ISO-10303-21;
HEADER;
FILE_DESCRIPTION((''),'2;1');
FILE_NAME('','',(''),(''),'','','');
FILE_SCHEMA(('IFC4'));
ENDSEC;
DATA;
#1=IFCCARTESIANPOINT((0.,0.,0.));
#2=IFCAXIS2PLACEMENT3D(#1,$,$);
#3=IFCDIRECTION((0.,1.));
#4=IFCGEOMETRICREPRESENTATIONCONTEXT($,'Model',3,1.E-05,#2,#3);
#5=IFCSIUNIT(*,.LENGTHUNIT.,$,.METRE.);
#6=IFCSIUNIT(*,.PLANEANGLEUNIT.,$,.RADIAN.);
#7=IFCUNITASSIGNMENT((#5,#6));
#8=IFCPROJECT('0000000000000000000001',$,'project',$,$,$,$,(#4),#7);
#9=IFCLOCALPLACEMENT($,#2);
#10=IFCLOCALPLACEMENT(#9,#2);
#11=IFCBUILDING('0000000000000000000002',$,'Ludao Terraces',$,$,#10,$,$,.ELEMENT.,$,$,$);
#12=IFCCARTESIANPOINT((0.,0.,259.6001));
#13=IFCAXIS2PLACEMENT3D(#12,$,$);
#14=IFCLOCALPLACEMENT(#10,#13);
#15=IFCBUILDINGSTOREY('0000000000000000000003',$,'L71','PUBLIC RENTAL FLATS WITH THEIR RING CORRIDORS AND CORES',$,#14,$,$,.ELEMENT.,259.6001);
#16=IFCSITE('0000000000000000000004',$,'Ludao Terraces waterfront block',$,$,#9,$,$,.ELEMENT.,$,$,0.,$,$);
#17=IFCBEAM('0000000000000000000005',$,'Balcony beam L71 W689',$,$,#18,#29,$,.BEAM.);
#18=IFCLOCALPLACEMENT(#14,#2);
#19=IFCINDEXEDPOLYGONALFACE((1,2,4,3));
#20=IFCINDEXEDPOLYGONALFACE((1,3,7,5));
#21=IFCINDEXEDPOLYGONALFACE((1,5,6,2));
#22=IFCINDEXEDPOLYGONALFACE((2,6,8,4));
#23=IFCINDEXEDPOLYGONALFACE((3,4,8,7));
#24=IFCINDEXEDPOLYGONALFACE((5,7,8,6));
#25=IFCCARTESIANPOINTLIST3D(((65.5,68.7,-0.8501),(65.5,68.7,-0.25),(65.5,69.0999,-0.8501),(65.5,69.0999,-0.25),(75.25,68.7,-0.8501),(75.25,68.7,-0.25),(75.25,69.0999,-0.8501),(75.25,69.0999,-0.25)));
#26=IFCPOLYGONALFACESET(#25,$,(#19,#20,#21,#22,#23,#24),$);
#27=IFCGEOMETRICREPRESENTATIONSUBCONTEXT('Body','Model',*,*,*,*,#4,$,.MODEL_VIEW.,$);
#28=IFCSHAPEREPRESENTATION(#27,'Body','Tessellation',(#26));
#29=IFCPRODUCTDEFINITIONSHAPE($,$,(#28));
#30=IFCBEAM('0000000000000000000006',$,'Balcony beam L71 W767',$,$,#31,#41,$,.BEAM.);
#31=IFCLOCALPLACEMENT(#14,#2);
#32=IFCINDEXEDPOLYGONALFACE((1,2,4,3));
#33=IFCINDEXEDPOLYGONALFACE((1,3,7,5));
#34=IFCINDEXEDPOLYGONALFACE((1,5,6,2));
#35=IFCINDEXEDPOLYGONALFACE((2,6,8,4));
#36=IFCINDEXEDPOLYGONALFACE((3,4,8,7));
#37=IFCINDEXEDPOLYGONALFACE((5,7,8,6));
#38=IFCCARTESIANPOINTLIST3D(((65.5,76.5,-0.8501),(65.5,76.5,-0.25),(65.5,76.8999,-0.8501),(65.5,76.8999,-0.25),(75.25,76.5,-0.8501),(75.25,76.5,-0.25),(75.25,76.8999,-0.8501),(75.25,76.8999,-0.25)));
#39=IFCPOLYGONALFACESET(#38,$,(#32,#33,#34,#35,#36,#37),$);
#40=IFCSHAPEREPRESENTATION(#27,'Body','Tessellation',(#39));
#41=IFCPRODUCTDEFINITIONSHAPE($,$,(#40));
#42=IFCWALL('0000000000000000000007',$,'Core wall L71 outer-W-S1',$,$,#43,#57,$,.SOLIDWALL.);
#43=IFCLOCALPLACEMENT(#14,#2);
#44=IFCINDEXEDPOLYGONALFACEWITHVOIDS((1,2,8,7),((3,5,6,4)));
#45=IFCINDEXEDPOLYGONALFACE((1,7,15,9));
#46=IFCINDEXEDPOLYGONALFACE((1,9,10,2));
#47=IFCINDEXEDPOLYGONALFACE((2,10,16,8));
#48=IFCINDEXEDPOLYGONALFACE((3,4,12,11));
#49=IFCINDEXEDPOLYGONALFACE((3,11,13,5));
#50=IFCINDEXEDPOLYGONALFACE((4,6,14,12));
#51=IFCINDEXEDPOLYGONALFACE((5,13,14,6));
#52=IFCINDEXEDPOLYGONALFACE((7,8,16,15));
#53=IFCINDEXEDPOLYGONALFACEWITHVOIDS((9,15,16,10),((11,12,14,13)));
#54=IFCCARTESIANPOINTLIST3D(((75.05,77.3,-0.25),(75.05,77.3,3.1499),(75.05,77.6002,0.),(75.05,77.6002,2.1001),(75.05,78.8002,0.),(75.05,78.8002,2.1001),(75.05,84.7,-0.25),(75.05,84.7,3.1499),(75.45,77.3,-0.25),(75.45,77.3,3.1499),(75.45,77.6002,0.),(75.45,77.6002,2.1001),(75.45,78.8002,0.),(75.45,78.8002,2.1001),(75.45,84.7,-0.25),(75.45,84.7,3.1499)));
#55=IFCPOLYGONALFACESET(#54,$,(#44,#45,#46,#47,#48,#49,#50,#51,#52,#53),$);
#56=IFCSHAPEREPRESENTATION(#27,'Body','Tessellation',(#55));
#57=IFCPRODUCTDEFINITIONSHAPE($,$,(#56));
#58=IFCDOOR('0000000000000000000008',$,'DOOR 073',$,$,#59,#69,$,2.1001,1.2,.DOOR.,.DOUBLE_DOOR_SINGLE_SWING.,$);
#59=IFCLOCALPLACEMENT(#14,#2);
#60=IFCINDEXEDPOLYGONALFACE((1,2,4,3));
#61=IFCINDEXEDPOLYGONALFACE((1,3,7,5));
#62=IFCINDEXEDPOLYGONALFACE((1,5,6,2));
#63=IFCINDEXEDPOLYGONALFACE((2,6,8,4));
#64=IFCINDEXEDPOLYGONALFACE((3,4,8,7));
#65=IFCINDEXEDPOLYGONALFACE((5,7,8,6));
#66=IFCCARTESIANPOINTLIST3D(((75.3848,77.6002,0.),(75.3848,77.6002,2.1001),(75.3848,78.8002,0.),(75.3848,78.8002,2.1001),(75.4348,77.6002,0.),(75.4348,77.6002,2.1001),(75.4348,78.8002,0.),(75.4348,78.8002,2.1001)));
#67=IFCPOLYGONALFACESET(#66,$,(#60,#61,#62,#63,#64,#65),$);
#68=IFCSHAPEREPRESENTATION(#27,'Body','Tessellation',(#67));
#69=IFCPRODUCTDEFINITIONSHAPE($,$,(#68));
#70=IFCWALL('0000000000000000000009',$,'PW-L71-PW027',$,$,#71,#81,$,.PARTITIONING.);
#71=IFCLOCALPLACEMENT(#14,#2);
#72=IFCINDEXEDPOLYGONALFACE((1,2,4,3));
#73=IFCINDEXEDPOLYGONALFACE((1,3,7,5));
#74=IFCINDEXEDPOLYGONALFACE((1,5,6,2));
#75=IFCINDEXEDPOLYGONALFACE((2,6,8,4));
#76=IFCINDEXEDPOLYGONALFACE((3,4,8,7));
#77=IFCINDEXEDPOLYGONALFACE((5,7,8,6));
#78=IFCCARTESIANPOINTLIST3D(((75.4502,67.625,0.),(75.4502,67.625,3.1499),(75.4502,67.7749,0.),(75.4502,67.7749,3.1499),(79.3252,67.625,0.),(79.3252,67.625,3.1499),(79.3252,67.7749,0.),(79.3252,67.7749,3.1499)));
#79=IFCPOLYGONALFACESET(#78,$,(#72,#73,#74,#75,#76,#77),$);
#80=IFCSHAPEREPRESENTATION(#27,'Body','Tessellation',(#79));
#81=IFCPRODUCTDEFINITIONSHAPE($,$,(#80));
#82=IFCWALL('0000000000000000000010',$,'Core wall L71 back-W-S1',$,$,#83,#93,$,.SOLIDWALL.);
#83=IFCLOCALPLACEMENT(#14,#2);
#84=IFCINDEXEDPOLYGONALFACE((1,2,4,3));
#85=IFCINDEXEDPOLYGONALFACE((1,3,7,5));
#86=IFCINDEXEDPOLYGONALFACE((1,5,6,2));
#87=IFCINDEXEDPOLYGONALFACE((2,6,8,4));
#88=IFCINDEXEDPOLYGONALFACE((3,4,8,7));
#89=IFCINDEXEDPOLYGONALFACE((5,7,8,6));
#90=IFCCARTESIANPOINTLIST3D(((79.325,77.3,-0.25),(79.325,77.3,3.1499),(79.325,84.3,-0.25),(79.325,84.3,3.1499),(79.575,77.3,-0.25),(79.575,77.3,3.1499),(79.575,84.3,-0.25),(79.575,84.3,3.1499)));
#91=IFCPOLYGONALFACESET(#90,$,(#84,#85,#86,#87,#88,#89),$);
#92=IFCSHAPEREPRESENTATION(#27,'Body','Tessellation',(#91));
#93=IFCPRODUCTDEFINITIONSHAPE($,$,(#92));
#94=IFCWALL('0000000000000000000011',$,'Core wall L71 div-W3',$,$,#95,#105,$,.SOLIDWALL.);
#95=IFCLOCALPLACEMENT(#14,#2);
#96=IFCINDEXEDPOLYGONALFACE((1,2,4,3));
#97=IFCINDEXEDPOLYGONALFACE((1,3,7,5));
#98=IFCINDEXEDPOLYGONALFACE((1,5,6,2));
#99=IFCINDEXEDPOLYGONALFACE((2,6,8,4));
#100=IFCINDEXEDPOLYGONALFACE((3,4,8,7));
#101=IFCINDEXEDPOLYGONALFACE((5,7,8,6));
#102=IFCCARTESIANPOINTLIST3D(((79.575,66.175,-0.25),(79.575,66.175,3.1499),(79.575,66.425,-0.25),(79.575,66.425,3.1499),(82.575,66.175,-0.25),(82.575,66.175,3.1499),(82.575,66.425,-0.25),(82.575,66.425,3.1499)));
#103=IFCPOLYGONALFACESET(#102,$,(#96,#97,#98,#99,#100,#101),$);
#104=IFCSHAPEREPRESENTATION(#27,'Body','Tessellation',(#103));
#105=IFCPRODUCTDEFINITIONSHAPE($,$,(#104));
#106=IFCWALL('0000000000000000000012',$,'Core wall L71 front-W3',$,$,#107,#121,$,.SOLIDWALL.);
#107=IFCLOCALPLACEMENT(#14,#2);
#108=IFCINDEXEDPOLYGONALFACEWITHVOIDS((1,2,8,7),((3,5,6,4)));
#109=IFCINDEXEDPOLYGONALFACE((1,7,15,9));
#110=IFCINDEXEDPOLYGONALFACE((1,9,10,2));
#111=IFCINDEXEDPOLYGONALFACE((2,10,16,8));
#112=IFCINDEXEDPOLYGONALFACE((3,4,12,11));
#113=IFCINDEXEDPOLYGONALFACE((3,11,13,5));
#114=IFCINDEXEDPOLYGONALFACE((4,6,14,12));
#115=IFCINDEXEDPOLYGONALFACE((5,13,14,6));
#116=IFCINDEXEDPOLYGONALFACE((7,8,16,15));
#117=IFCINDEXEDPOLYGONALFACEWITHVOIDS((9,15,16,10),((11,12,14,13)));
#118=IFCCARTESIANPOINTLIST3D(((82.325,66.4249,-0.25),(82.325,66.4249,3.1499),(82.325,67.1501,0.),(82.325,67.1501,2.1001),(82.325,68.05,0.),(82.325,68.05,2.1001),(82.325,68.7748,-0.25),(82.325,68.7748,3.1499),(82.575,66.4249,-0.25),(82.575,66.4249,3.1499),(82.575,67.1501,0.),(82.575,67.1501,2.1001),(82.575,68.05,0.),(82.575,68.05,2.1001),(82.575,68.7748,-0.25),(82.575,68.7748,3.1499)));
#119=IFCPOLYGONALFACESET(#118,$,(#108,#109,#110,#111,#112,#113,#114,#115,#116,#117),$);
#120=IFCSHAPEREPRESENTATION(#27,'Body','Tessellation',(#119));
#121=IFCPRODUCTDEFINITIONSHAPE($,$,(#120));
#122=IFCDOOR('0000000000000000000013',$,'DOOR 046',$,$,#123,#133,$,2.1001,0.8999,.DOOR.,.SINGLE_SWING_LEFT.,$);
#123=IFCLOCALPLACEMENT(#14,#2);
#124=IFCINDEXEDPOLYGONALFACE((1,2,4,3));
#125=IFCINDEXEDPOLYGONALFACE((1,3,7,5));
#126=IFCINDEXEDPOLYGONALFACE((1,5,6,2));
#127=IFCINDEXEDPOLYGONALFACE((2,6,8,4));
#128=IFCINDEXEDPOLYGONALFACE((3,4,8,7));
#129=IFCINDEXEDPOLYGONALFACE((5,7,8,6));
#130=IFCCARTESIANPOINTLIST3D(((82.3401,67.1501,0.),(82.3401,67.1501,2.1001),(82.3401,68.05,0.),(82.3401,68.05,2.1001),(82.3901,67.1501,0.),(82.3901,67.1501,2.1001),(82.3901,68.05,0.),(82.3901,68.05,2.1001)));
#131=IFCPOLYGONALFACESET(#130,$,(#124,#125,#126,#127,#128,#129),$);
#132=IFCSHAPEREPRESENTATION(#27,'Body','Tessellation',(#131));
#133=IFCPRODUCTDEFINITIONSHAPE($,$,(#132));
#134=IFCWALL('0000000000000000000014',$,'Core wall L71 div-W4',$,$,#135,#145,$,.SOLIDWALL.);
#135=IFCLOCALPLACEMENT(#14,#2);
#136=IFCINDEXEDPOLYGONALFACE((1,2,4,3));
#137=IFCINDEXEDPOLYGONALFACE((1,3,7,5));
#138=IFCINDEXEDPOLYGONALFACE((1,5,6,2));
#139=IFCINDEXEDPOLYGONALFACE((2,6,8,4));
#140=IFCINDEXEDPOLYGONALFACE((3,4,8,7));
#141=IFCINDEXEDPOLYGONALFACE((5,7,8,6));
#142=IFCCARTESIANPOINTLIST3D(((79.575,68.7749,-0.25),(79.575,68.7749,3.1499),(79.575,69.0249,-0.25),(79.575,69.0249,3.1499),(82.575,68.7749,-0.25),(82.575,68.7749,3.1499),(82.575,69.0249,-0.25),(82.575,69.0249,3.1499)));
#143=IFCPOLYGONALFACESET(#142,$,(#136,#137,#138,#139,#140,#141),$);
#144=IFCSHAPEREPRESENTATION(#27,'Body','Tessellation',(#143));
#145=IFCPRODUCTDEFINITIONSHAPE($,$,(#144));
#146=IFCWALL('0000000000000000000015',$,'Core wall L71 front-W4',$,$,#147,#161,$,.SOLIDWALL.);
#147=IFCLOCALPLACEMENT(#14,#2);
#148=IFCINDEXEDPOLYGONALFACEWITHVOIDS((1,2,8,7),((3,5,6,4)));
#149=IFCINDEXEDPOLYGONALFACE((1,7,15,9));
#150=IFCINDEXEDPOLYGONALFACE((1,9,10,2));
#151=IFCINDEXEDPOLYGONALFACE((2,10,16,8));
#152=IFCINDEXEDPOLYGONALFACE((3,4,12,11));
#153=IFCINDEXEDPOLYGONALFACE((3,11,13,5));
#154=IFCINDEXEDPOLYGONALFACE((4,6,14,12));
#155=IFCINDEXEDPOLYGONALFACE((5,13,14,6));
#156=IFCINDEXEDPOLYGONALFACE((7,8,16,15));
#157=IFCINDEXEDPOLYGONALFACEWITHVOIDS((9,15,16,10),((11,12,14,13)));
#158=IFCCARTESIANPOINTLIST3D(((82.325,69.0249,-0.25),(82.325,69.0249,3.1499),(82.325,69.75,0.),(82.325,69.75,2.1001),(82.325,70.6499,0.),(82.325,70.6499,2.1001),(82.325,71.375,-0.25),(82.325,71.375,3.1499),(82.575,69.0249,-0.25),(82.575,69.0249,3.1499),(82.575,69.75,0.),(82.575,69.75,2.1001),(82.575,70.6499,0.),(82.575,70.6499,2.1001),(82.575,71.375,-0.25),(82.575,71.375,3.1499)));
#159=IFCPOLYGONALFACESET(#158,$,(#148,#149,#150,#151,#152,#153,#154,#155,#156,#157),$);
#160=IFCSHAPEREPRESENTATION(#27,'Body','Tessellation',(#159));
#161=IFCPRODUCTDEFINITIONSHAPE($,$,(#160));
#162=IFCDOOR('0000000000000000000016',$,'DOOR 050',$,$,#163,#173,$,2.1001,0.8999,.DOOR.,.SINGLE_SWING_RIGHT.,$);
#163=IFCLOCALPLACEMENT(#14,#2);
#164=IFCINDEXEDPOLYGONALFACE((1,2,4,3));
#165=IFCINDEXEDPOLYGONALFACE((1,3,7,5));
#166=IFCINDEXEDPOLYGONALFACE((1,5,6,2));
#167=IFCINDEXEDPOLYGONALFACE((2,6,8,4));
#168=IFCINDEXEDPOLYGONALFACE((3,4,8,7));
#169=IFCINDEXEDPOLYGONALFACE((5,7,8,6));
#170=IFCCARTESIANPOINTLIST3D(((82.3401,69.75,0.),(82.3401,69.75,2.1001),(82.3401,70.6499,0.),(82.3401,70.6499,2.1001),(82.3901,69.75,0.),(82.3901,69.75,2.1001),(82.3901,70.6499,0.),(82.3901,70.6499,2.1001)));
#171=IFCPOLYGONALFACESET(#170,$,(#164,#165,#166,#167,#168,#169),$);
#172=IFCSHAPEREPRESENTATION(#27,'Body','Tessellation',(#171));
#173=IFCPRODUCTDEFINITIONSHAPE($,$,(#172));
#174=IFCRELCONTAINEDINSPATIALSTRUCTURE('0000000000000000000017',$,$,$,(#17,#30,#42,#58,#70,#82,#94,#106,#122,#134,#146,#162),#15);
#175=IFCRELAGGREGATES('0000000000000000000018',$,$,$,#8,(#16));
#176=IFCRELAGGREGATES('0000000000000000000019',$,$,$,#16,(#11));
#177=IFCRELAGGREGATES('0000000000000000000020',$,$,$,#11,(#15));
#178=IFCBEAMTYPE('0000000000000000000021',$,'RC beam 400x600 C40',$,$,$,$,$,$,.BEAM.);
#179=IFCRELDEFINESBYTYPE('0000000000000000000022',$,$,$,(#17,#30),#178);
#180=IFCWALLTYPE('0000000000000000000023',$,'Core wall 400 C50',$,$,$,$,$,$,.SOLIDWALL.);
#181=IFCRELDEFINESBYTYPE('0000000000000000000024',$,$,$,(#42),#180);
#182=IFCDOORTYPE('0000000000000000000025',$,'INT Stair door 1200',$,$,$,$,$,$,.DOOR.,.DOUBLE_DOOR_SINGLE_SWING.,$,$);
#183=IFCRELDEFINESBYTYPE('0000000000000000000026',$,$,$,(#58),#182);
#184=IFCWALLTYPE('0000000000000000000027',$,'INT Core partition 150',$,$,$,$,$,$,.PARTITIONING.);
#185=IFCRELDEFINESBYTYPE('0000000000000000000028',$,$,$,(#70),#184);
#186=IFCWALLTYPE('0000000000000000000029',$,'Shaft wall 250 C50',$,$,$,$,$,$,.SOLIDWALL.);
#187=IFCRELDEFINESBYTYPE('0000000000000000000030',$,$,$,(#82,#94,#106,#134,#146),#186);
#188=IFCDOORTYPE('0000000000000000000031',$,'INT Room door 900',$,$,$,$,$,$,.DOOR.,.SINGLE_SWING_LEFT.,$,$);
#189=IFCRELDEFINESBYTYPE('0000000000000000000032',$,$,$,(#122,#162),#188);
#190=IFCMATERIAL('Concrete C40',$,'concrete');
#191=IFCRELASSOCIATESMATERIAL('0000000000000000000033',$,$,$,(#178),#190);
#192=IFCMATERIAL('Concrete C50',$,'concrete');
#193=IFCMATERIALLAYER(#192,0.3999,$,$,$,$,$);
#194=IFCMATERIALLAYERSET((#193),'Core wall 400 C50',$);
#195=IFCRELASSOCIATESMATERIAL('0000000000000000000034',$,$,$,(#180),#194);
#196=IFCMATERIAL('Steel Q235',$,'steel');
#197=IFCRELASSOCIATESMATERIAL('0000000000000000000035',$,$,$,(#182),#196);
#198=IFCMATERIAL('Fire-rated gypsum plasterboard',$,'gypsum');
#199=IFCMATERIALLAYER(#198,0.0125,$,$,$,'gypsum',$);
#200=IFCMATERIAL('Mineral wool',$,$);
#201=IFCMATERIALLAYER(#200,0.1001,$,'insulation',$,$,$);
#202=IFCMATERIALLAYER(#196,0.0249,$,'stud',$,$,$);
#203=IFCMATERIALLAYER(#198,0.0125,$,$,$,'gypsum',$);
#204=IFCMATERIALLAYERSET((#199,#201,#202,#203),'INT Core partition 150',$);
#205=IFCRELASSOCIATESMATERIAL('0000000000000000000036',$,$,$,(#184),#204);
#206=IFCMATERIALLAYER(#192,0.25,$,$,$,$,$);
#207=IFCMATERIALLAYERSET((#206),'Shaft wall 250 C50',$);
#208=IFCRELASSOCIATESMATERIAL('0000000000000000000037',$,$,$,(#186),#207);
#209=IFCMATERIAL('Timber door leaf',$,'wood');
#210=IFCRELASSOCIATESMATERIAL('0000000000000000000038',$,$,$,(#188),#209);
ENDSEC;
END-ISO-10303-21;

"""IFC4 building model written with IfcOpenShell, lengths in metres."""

from ifc_helpers import new_model, si_unit, direction, frame, frame_2d, origin, origin_2d, place, context, subcontext, project, spatial, rectangle, extrude, material, layer, layer_set, material_profile, profile_set, type_object, element, fill, save


model = new_model("IFC4")

# Units and contexts
model_context = context("Model", 3, precision=1e-05, world=origin(), true_north=direction((0.0, 1.0)))
body_context = subcontext(model_context, "Body", "Model", "MODEL_VIEW")
ifc_project = project(units=[si_unit("LENGTHUNIT", "METRE"), si_unit("PLANEANGLEUNIT", "RADIAN")], contexts=[model_context])

# Site, building, storey
site_placement = place(None, origin())
site = spatial("IfcSite", under=ifc_project, at=site_placement, Name="Ludao Terraces waterfront block", CompositionType="ELEMENT", RefElevation=0.0)
building_placement = place(site_placement, origin())
building = spatial("IfcBuilding", under=site, at=building_placement, Name="Ludao Terraces", CompositionType="ELEMENT")
storey_placement = place(building_placement, frame((0.0, 0.0, 259.6001)))
storey = spatial("IfcBuildingStorey", under=building, at=storey_placement, Name="L71", Description="PUBLIC RENTAL FLATS WITH THEIR RING CORRIDORS AND CORES", CompositionType="ELEMENT", Elevation=259.6001)

# Beams
ifc_material_1 = material(Name="Concrete C40", Category="concrete")
ifc_material_profile = material_profile(ifc_material_1, rectangle(XDim=0.3999, YDim=0.6001, at=origin_2d()), Name="400 X 600")
ifc_profile_set = profile_set([ifc_material_profile], Name="Concrete C40")
beam_type = type_object("IfcBeamType", Name="RC beam 400x600 C40", PredefinedType="BEAM", material=ifc_profile_set)
for number, where, z_axis, x_axis, name in (
    (1, (75.25, 68.8999, -0.55), (-1.0, 0.0, 0.0), (0.0, -1.0, 0.0), "Balcony beam L71 W689"),
    (2, (75.25, 76.7, -0.55), (-1.0, 0.0, 0.0), (0.0, -1.0, 0.0), "Balcony beam L71 W767"),
):
    element("IfcBeam", number, at=place(storey_placement, frame(where, z_axis=z_axis, x_axis=x_axis)), inside=storey, type_object=beam_type, Name=name, PredefinedType="BEAM", context=body_context, shape_type="SweptSolid", body=[
        extrude(rectangle(XDim=0.3999, YDim=0.6001, at=origin_2d()), origin(), (0.0, 0.0, 1.0), 9.75),
    ])

# Wall, opening, door
ifc_material_2 = material(Name="Concrete C50", Category="concrete")
ifc_layer_1 = layer(ifc_material_2, 0.3999)
ifc_layer_set_1 = layer_set([ifc_layer_1], Name="Core wall 400 C50")
wall_type_1 = type_object("IfcWallType", Name="Core wall 400 C50", PredefinedType="SOLIDWALL", material=ifc_layer_set_1)
wall_1_placement = place(storey_placement, frame((75.25, 77.3, -0.25), z_axis=(0.0, 0.0, 1.0), x_axis=(0.0, 1.0, 0.0)))
wall_1 = element("IfcWall", 3, at=wall_1_placement, inside=storey, type_object=wall_type_1, Name="Core wall L71 outer-W-S1", PredefinedType="SOLIDWALL", context=body_context, shape_type="SweptSolid", body=[
    extrude(rectangle(XDim=7.3999, YDim=0.3999, at=frame_2d((3.7, 0.0))), origin(), (0.0, 0.0, 1.0), 3.3999),
])
opening_1_placement = place(wall_1_placement, frame((0.3, 0.0, 0.25)))
opening_1 = element("IfcOpeningElement", 4, at=opening_1_placement, cuts=wall_1, PredefinedType="OPENING", context=body_context, shape_type="SweptSolid", body=[
    extrude(rectangle(XDim=1.2, YDim=2.1001, at=frame_2d((0.6001, 1.05))), frame((0.0, 0.21, 0.0), z_axis=(0.0, -1.0, 0.0), x_axis=(1.0, 0.0, 0.0)), (0.0, 0.0, 1.0), 0.4199),
])
ifc_material_3 = material(Name="Steel Q235", Category="steel")
door_type_1 = type_object("IfcDoorType", Name="INT Stair door 1200", OperationType="DOUBLE_DOOR_SINGLE_SWING", PredefinedType="DOOR", material=ifc_material_3)
door_1_placement = place(opening_1_placement, origin())
door_1 = element("IfcDoor", 5, at=door_1_placement, inside=storey, type_object=door_type_1, Name="DOOR 073", OperationType="DOUBLE_DOOR_SINGLE_SWING", OverallHeight=2.1001, OverallWidth=1.2, PredefinedType="DOOR", context=body_context, shape_type="SweptSolid", body=[
    extrude(rectangle(XDim=1.2, YDim=2.1001, at=frame_2d((0.6001, 1.05))), frame((0.0, -0.1348, 0.0), z_axis=(0.0, -1.0, 0.0), x_axis=(1.0, 0.0, 0.0)), (0.0, 0.0, 1.0), 0.05),
])
fill(opening_1, door_1)

# Walls
ifc_material_4 = material(Name="Fire-rated gypsum plasterboard", Category="gypsum")
ifc_layer_2 = layer(ifc_material_4, 0.0125, Category="gypsum")
ifc_material_5 = material(Name="Mineral wool")
ifc_layer_3 = layer(ifc_material_5, 0.1001, Name="insulation")
ifc_layer_4 = layer(ifc_material_3, 0.0249, Name="stud")
ifc_layer_5 = layer(ifc_material_4, 0.0125, Category="gypsum")
ifc_layer_set_2 = layer_set([ifc_layer_2, ifc_layer_3, ifc_layer_4, ifc_layer_5], Name="INT Core partition 150")
wall_type_2 = type_object("IfcWallType", Name="INT Core partition 150", PredefinedType="PARTITIONING", material=ifc_layer_set_2)
wall_2_placement = place(storey_placement, frame((75.4502, 67.7, 0.0), z_axis=(0.0, 0.0, 1.0), x_axis=(1.0, 0.0, 0.0)))
element("IfcWall", 6, at=wall_2_placement, inside=storey, type_object=wall_type_2, Name="PW-L71-PW027", PredefinedType="PARTITIONING", context=body_context, shape_type="SweptSolid", body=[
    extrude(rectangle(XDim=3.875, YDim=0.1499, at=frame_2d((1.9375, 0.0))), origin(), (0.0, 0.0, 1.0), 3.1499),
])
ifc_layer_6 = layer(ifc_material_2, 0.25)
ifc_layer_set_3 = layer_set([ifc_layer_6], Name="Shaft wall 250 C50")
wall_type_3 = type_object("IfcWallType", Name="Shaft wall 250 C50", PredefinedType="SOLIDWALL", material=ifc_layer_set_3)
wall_3_placement = place(storey_placement, frame((79.45, 77.3, -0.25), z_axis=(0.0, 0.0, 1.0), x_axis=(0.0, 1.0, 0.0)))
element("IfcWall", 7, at=wall_3_placement, inside=storey, type_object=wall_type_3, Name="Core wall L71 back-W-S1", PredefinedType="SOLIDWALL", context=body_context, shape_type="SweptSolid", body=[
    extrude(rectangle(XDim=7.0, YDim=0.25, at=frame_2d((3.5, 0.0))), origin(), (0.0, 0.0, 1.0), 3.3999),
])
wall_4_placement = place(storey_placement, frame((79.575, 66.3, -0.25), z_axis=(0.0, 0.0, 1.0), x_axis=(1.0, 0.0, 0.0)))
element("IfcWall", 8, at=wall_4_placement, inside=storey, type_object=wall_type_3, Name="Core wall L71 div-W3", PredefinedType="SOLIDWALL", context=body_context, shape_type="SweptSolid", body=[
    extrude(rectangle(XDim=3.0, YDim=0.25, at=frame_2d((1.5, 0.0))), origin(), (0.0, 0.0, 1.0), 3.3999),
])

# Wall, opening, door
wall_5_placement = place(storey_placement, frame((82.45, 66.425, -0.25), z_axis=(0.0, 0.0, 1.0), x_axis=(0.0, 1.0, 0.0)))
wall_5 = element("IfcWall", 9, at=wall_5_placement, inside=storey, type_object=wall_type_3, Name="Core wall L71 front-W3", PredefinedType="SOLIDWALL", context=body_context, shape_type="SweptSolid", body=[
    extrude(rectangle(XDim=2.3499, YDim=0.25, at=frame_2d((1.1748, 0.0))), origin(), (0.0, 0.0, 1.0), 3.3999),
])
opening_2_placement = place(wall_5_placement, frame((0.7251, 0.0, 0.25)))
opening_2 = element("IfcOpeningElement", 10, at=opening_2_placement, cuts=wall_5, PredefinedType="OPENING", context=body_context, shape_type="SweptSolid", body=[
    extrude(rectangle(XDim=0.8999, YDim=2.1001, at=frame_2d((0.45, 1.05))), frame((0.0, 0.135, 0.0), z_axis=(0.0, -1.0, 0.0), x_axis=(1.0, 0.0, 0.0)), (0.0, 0.0, 1.0), 0.27),
])
ifc_material_6 = material(Name="Timber door leaf", Category="wood")
door_type_2 = type_object("IfcDoorType", Name="INT Room door 900", OperationType="SINGLE_SWING_LEFT", PredefinedType="DOOR", material=ifc_material_6)
door_2_placement = place(opening_2_placement, origin())
door_2 = element("IfcDoor", 11, at=door_2_placement, inside=storey, type_object=door_type_2, Name="DOOR 046", OperationType="SINGLE_SWING_LEFT", OverallHeight=2.1001, OverallWidth=0.8999, PredefinedType="DOOR", context=body_context, shape_type="SweptSolid", body=[
    extrude(rectangle(XDim=0.8999, YDim=2.1001, at=frame_2d((0.45, 1.05))), frame((0.0, 0.1099, 0.0), z_axis=(0.0, -1.0, 0.0), x_axis=(1.0, 0.0, 0.0)), (0.0, 0.0, 1.0), 0.05),
])
fill(opening_2, door_2)

# Wall
wall_6_placement = place(storey_placement, frame((79.575, 68.8999, -0.25), z_axis=(0.0, 0.0, 1.0), x_axis=(1.0, 0.0, 0.0)))
element("IfcWall", 12, at=wall_6_placement, inside=storey, type_object=wall_type_3, Name="Core wall L71 div-W4", PredefinedType="SOLIDWALL", context=body_context, shape_type="SweptSolid", body=[
    extrude(rectangle(XDim=3.0, YDim=0.25, at=frame_2d((1.5, 0.0))), origin(), (0.0, 0.0, 1.0), 3.3999),
])

# Wall, opening, door
wall_7_placement = place(storey_placement, frame((82.45, 69.0249, -0.25), z_axis=(0.0, 0.0, 1.0), x_axis=(0.0, 1.0, 0.0)))
wall_7 = element("IfcWall", 13, at=wall_7_placement, inside=storey, type_object=wall_type_3, Name="Core wall L71 front-W4", PredefinedType="SOLIDWALL", context=body_context, shape_type="SweptSolid", body=[
    extrude(rectangle(XDim=2.3501, YDim=0.25, at=frame_2d((1.175, 0.0))), origin(), (0.0, 0.0, 1.0), 3.3999),
])
opening_3_placement = place(wall_7_placement, frame((0.7251, 0.0, 0.25)))
opening_3 = element("IfcOpeningElement", 14, at=opening_3_placement, cuts=wall_7, PredefinedType="OPENING", context=body_context, shape_type="SweptSolid", body=[
    extrude(rectangle(XDim=0.8999, YDim=2.1001, at=frame_2d((0.45, 1.05))), frame((0.0, 0.135, 0.0), z_axis=(0.0, -1.0, 0.0), x_axis=(1.0, 0.0, 0.0)), (0.0, 0.0, 1.0), 0.27),
])
door_3_placement = place(opening_3_placement, origin())
door_3 = element("IfcDoor", 15, at=door_3_placement, inside=storey, type_object=door_type_2, Name="DOOR 050", OperationType="SINGLE_SWING_RIGHT", OverallHeight=2.1001, OverallWidth=0.8999, PredefinedType="DOOR", context=body_context, shape_type="SweptSolid", body=[
    extrude(rectangle(XDim=0.8999, YDim=2.1001, at=frame_2d((0.45, 1.05))), frame((0.0, 0.1099, 0.0), z_axis=(0.0, -1.0, 0.0), x_axis=(1.0, 0.0, 0.0)), (0.0, 0.0, 1.0), 0.05),
])
fill(opening_3, door_3)

save(model, "model.ifc")
